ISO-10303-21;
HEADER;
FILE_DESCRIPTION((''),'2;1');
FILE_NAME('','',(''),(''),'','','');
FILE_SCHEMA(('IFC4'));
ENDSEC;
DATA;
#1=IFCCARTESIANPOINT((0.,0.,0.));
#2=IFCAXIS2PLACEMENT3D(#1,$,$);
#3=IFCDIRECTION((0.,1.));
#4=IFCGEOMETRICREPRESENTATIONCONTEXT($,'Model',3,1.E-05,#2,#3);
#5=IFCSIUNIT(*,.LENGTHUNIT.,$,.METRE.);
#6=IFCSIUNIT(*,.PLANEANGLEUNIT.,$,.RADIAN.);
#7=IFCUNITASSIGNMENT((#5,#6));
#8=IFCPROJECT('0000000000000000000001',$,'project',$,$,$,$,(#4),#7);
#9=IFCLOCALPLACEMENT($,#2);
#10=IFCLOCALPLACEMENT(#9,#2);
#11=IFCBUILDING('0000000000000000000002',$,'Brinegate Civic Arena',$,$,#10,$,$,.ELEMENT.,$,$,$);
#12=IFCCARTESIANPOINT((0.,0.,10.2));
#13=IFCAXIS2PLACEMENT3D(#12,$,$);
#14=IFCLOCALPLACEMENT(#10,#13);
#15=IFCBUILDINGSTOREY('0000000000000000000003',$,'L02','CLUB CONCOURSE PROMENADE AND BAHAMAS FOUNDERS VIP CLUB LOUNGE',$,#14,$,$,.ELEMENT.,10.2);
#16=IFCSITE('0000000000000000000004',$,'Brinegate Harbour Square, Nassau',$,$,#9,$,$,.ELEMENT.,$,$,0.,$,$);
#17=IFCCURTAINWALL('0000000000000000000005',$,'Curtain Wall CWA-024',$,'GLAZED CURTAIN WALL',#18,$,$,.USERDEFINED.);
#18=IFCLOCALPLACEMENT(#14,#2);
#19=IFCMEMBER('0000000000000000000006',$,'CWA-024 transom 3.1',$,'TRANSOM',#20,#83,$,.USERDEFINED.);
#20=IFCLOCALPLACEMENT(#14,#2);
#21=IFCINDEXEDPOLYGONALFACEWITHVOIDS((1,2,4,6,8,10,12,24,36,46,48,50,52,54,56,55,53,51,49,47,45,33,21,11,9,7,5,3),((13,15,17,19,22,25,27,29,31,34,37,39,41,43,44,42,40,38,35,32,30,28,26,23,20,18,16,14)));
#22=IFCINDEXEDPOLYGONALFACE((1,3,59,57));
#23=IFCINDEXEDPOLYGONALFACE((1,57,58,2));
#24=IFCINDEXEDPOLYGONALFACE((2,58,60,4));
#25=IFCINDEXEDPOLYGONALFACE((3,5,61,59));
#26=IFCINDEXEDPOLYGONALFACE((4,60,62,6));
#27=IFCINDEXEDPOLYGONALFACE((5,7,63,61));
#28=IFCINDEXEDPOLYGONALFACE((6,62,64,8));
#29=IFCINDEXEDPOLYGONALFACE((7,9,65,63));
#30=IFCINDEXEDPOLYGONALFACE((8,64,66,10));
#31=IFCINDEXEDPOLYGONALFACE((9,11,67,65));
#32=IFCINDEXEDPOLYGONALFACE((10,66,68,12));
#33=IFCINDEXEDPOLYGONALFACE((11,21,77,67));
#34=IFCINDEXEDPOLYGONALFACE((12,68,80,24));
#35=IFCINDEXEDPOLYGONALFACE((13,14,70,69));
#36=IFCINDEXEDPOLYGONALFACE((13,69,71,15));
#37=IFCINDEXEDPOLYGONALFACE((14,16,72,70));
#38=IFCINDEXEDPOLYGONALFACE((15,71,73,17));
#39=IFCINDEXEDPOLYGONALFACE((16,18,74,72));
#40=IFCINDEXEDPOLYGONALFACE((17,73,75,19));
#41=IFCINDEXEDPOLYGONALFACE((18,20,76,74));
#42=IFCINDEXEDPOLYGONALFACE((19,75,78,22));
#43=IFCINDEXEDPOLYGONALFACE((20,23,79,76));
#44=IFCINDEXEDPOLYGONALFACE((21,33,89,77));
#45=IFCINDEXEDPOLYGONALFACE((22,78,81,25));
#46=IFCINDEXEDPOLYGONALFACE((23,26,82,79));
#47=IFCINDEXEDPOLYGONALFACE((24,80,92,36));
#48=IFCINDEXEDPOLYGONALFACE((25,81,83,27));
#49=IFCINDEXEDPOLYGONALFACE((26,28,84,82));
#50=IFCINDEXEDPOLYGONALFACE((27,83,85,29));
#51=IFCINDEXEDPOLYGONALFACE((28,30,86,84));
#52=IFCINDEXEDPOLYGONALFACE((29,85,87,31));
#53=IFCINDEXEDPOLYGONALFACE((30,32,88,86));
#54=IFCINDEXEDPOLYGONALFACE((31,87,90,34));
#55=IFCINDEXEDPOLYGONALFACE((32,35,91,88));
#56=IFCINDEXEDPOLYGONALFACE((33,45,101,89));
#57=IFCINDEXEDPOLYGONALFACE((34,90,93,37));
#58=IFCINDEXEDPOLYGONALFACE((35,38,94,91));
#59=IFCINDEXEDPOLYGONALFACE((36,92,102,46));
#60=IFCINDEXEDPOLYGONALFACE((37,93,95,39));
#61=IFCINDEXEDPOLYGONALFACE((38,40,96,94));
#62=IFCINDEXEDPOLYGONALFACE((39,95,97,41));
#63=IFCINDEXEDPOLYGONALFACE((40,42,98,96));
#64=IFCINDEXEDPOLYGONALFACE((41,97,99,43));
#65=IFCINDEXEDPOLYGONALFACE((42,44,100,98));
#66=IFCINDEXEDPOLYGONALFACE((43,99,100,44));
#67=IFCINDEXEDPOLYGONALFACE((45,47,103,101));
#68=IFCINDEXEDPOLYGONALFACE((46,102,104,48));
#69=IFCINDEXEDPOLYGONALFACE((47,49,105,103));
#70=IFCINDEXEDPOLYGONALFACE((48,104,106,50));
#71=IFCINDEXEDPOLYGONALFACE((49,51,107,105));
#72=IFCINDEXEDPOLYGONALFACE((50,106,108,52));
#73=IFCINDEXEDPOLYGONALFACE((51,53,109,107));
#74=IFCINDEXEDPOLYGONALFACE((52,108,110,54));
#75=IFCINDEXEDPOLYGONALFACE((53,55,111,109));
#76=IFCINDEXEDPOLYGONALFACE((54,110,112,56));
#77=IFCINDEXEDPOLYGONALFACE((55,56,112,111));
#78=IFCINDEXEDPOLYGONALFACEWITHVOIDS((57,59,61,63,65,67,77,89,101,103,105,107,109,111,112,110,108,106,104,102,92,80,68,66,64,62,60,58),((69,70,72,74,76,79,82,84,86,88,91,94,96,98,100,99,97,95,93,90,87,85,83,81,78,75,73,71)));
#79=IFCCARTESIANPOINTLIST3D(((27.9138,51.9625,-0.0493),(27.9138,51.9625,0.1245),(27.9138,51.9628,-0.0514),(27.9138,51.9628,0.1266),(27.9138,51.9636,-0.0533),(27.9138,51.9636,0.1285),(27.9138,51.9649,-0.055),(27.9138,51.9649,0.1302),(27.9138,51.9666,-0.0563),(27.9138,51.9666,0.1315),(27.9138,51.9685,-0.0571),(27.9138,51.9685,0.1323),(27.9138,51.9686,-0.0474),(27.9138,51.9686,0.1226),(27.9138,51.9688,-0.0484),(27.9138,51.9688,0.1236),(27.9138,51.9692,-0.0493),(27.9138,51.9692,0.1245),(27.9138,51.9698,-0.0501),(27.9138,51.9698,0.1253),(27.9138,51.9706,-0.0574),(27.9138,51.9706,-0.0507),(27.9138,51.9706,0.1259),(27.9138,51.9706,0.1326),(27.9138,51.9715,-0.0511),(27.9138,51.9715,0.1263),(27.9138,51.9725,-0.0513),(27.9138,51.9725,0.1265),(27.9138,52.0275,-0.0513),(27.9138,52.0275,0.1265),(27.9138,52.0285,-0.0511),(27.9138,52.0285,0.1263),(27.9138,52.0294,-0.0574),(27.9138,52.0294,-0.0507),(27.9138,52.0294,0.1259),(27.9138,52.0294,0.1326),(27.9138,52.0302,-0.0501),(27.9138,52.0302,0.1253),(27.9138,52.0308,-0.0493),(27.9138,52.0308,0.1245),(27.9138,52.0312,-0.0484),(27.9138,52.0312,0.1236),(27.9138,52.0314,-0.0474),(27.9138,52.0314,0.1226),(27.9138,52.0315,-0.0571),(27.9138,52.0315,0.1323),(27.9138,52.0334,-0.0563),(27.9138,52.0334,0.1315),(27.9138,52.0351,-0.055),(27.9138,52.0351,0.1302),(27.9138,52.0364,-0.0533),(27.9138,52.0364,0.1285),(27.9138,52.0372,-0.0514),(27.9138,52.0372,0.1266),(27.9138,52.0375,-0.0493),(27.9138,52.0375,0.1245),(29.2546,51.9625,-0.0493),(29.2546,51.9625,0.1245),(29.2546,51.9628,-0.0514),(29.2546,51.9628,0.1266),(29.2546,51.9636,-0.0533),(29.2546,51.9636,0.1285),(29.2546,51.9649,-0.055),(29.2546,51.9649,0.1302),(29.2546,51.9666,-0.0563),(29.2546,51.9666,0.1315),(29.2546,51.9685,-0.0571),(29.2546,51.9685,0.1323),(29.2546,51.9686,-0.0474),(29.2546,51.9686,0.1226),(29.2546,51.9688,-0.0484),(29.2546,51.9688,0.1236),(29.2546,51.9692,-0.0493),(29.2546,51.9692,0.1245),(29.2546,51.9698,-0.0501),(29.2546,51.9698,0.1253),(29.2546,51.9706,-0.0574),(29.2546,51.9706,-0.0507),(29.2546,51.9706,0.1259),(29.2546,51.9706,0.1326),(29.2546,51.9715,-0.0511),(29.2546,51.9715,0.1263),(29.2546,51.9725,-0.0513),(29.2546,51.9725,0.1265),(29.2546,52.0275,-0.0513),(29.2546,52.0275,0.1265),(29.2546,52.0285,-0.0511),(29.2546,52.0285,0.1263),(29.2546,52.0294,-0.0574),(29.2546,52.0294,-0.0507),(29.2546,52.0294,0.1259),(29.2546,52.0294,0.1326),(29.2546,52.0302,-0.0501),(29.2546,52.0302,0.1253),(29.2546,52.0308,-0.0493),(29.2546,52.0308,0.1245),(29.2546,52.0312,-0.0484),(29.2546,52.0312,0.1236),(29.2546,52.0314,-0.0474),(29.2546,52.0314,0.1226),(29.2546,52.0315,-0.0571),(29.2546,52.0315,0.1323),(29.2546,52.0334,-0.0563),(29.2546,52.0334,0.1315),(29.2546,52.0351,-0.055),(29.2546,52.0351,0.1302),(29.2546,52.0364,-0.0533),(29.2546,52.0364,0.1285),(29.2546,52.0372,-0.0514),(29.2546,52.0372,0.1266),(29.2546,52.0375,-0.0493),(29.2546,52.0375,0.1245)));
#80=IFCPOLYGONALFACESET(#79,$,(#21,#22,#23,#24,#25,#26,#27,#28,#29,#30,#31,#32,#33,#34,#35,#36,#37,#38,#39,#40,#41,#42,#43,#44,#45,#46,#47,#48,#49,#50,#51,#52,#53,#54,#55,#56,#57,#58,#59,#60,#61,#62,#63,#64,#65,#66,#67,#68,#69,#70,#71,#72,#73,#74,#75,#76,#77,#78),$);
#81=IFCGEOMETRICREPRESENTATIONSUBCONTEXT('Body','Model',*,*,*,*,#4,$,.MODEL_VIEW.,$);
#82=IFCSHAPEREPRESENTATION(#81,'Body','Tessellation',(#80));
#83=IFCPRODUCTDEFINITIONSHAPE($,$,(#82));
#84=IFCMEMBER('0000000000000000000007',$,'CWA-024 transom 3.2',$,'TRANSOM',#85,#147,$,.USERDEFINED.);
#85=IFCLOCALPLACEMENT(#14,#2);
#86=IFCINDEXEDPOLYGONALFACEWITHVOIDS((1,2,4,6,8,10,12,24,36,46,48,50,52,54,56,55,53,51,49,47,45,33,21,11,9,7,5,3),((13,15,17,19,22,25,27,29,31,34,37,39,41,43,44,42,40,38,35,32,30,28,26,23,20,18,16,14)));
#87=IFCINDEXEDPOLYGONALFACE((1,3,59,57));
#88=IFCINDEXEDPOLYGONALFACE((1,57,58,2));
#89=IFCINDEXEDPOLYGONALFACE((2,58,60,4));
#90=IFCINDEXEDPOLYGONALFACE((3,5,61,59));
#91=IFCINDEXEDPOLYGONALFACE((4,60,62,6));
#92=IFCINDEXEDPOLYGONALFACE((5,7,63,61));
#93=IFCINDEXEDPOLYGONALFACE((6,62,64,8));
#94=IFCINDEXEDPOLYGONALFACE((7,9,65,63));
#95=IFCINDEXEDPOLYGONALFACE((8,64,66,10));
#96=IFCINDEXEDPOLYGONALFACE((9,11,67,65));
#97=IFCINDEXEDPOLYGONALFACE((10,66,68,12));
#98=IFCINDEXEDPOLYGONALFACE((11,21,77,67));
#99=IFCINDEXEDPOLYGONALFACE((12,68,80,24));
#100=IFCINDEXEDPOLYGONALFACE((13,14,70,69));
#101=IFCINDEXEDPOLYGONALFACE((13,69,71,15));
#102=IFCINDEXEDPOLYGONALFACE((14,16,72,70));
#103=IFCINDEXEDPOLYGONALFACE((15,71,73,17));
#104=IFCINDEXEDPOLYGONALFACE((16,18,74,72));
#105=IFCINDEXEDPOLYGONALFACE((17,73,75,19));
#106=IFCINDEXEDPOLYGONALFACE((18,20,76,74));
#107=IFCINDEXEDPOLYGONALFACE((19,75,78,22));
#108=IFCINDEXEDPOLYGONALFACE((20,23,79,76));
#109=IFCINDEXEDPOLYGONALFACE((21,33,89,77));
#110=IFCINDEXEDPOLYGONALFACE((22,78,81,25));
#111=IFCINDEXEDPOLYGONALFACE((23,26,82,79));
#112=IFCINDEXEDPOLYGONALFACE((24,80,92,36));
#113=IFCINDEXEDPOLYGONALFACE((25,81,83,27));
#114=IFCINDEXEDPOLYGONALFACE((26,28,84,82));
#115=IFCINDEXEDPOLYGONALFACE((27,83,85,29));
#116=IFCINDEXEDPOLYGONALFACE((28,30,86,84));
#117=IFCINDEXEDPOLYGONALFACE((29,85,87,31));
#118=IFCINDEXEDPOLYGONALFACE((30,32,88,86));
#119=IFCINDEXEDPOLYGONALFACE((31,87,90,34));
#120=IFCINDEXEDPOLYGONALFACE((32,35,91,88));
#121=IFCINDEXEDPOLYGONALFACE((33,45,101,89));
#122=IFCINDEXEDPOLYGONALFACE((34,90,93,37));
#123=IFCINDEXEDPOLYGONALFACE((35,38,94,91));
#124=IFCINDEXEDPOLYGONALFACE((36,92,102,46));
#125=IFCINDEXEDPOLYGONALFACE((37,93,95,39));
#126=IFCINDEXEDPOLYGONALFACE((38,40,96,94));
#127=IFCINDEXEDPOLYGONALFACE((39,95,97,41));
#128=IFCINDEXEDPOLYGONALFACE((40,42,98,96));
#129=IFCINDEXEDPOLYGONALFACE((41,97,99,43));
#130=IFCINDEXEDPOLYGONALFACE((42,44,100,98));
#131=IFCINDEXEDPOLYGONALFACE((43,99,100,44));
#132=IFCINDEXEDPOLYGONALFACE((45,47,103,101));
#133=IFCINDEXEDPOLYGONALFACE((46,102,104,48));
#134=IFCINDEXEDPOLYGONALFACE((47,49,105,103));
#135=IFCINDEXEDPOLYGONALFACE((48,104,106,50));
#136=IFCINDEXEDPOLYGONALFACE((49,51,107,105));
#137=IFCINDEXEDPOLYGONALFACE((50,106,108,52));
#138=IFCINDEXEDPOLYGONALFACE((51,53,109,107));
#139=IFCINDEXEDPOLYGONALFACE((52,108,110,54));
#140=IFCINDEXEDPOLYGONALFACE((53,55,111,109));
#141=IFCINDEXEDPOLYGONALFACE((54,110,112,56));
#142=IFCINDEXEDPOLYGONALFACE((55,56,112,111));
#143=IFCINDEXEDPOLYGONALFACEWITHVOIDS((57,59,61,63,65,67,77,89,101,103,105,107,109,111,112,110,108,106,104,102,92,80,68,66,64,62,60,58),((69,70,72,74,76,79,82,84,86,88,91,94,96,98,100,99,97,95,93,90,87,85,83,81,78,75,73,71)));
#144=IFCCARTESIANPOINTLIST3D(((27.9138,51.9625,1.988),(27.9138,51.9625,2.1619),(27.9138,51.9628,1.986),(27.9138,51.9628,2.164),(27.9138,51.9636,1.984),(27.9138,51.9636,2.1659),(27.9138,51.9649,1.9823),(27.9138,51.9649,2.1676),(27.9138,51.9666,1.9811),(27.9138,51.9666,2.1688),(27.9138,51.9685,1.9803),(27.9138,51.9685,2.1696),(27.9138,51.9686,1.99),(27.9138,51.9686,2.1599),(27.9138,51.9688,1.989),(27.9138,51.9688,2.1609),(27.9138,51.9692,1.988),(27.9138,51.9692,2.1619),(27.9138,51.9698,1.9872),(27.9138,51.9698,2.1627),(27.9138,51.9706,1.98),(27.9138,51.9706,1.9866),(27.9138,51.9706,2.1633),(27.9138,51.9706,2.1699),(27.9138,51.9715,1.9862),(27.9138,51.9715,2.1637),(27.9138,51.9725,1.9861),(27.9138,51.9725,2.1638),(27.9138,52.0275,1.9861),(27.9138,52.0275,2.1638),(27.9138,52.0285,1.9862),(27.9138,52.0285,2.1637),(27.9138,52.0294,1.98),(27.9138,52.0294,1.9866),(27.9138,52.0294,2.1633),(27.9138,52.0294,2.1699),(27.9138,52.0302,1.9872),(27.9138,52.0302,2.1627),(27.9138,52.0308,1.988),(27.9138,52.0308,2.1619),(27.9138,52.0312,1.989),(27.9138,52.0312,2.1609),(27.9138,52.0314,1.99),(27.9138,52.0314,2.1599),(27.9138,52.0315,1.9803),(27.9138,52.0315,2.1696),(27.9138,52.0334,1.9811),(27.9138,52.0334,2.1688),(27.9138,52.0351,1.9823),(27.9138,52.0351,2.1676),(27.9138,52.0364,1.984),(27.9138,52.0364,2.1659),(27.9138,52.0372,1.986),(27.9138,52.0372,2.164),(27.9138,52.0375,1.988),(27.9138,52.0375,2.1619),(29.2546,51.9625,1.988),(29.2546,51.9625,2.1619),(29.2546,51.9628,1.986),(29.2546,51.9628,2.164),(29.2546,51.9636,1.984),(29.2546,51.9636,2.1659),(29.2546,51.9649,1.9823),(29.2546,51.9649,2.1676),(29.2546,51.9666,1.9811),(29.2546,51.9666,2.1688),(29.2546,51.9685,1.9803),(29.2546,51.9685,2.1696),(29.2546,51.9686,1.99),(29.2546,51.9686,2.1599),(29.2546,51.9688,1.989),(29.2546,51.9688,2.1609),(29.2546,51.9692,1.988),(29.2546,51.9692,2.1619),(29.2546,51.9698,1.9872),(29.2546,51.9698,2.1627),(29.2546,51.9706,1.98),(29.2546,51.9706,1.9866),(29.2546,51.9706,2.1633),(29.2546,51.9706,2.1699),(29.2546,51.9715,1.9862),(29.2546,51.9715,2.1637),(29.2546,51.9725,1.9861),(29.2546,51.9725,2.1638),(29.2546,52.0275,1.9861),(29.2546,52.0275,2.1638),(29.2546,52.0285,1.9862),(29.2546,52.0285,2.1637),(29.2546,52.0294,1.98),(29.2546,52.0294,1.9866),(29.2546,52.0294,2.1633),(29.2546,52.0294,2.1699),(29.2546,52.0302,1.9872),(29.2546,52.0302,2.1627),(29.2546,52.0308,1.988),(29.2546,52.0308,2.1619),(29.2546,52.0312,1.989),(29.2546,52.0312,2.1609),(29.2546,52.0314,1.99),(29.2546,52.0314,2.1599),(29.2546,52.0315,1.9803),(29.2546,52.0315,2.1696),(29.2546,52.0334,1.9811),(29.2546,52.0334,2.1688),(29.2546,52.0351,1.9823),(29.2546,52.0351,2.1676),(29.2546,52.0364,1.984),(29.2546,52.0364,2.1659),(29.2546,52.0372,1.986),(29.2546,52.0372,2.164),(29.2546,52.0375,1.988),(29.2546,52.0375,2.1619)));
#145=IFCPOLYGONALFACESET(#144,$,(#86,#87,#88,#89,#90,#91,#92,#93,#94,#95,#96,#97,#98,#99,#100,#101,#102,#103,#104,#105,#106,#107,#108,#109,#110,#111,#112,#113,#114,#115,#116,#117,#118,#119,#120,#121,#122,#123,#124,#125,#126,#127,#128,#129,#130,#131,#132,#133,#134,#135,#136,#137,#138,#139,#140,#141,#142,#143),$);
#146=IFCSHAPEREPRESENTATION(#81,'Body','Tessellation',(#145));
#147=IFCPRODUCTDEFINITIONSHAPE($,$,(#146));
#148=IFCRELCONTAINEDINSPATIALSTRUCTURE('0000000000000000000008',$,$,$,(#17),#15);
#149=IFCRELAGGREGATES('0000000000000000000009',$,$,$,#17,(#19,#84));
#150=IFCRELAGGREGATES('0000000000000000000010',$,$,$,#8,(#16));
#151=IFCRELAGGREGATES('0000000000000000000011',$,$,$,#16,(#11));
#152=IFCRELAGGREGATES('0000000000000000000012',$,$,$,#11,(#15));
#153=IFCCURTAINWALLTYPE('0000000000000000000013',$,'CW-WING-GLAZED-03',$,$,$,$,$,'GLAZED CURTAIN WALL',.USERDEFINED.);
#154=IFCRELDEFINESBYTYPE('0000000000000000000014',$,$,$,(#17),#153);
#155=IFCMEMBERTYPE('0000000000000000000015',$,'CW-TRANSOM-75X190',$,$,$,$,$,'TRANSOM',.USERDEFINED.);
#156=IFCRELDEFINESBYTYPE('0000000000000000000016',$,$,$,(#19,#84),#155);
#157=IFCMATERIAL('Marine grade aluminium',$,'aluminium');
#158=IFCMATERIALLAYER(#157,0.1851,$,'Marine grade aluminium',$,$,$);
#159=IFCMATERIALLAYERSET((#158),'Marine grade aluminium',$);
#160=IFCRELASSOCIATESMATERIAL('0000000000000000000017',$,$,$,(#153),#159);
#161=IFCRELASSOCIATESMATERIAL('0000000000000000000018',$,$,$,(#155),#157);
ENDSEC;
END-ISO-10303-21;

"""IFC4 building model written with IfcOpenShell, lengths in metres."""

from ifc_helpers import new_model, si_unit, direction, frame, origin, origin_2d, place, context, subcontext, project, spatial, hollow_rectangle, extrude, material, layer, layer_set, material_profile, profile_set, type_object, element, aggregate, save


model = new_model("IFC4")

# Units and contexts
model_context = context("Model", 3, precision=1e-05, world=origin(), true_north=direction((0.0, 1.0)))
body_context = subcontext(model_context, "Body", "Model", "MODEL_VIEW")
ifc_project = project(units=[si_unit("LENGTHUNIT", "METRE"), si_unit("PLANEANGLEUNIT", "RADIAN")], contexts=[model_context])

# Site, building, storey
site_placement = place(None, origin())
site = spatial("IfcSite", under=ifc_project, at=site_placement, Name="Brinegate Harbour Square, Nassau", CompositionType="ELEMENT", RefElevation=0.0)
building_placement = place(site_placement, origin())
building = spatial("IfcBuilding", under=site, at=building_placement, Name="Brinegate Civic Arena", CompositionType="ELEMENT")
storey_placement = place(building_placement, frame((0.0, 0.0, 10.2)))
storey = spatial("IfcBuildingStorey", under=building, at=storey_placement, Name="L02", Description="CLUB CONCOURSE PROMENADE AND BAHAMAS FOUNDERS VIP CLUB LOUNGE", CompositionType="ELEMENT", Elevation=10.2)

# Shared definitions
ifc_material_1 = material(Name="Marine grade aluminium", Category="aluminium")
ifc_layer_1 = layer(ifc_material_1, 0.1851, Name="Marine grade aluminium")
ifc_layer_set_1 = layer_set([ifc_layer_1], Name="Marine grade aluminium")
curtain_wall_type_1 = type_object("IfcCurtainWallType", Name="CW-WING-GLAZED-03", ElementType="GLAZED CURTAIN WALL", PredefinedType="USERDEFINED", material=ifc_layer_set_1)

# Curtain wall
curtain_wall_1_placement = place(storey_placement, origin())
curtain_wall_1 = element("IfcCurtainWall", 1, at=curtain_wall_1_placement, inside=storey, type_object=curtain_wall_type_1, Name="Curtain Wall CWA-024", ObjectType="GLAZED CURTAIN WALL", PredefinedType="USERDEFINED")

# Members
ifc_material_profile_1 = material_profile(ifc_material_1, hollow_rectangle(XDim=0.075, YDim=0.1899, WallThickness=0.0061, InnerFilletRadius=0.0039, OuterFilletRadius=0.0081, at=origin_2d()), Name="TRN75X190")
ifc_profile_set_1 = profile_set([ifc_material_profile_1], Name="Marine grade aluminium")
member_type_1 = type_object("IfcMemberType", Name="CW-TRANSOM-75X190", ElementType="TRANSOM", PredefinedType="USERDEFINED", material=ifc_profile_set_1)
member_1_placement = place(storey_placement, frame((27.9138, 52.0, 0.0376), z_axis=(1.0, 0.0, 0.0), x_axis=(0.0, 1.0, 0.0)))
member_1 = element("IfcMember", 2, at=member_1_placement, type_object=member_type_1, Name="CWA-024 transom 3.1", ObjectType="TRANSOM", PredefinedType="USERDEFINED", context=body_context, shape_type="SweptSolid", body=[
    extrude(hollow_rectangle(XDim=0.075, YDim=0.1899, WallThickness=0.0061, InnerFilletRadius=0.0039, OuterFilletRadius=0.0081, at=origin_2d()), origin(), (0.0, 0.0, 1.0), 1.3408),
])
member_2_placement = place(storey_placement, frame((27.9138, 52.0, 2.075), z_axis=(1.0, 0.0, 0.0), x_axis=(0.0, 1.0, 0.0)))
member_2 = element("IfcMember", 3, at=member_2_placement, type_object=member_type_1, Name="CWA-024 transom 3.2", ObjectType="TRANSOM", PredefinedType="USERDEFINED", context=body_context, shape_type="SweptSolid", body=[
    extrude(hollow_rectangle(XDim=0.075, YDim=0.1899, WallThickness=0.0061, InnerFilletRadius=0.0039, OuterFilletRadius=0.0081, at=origin_2d()), origin(), (0.0, 0.0, 1.0), 1.3408),
])

aggregate(curtain_wall_1, [member_1, member_2])

save(model, "model.ifc")
